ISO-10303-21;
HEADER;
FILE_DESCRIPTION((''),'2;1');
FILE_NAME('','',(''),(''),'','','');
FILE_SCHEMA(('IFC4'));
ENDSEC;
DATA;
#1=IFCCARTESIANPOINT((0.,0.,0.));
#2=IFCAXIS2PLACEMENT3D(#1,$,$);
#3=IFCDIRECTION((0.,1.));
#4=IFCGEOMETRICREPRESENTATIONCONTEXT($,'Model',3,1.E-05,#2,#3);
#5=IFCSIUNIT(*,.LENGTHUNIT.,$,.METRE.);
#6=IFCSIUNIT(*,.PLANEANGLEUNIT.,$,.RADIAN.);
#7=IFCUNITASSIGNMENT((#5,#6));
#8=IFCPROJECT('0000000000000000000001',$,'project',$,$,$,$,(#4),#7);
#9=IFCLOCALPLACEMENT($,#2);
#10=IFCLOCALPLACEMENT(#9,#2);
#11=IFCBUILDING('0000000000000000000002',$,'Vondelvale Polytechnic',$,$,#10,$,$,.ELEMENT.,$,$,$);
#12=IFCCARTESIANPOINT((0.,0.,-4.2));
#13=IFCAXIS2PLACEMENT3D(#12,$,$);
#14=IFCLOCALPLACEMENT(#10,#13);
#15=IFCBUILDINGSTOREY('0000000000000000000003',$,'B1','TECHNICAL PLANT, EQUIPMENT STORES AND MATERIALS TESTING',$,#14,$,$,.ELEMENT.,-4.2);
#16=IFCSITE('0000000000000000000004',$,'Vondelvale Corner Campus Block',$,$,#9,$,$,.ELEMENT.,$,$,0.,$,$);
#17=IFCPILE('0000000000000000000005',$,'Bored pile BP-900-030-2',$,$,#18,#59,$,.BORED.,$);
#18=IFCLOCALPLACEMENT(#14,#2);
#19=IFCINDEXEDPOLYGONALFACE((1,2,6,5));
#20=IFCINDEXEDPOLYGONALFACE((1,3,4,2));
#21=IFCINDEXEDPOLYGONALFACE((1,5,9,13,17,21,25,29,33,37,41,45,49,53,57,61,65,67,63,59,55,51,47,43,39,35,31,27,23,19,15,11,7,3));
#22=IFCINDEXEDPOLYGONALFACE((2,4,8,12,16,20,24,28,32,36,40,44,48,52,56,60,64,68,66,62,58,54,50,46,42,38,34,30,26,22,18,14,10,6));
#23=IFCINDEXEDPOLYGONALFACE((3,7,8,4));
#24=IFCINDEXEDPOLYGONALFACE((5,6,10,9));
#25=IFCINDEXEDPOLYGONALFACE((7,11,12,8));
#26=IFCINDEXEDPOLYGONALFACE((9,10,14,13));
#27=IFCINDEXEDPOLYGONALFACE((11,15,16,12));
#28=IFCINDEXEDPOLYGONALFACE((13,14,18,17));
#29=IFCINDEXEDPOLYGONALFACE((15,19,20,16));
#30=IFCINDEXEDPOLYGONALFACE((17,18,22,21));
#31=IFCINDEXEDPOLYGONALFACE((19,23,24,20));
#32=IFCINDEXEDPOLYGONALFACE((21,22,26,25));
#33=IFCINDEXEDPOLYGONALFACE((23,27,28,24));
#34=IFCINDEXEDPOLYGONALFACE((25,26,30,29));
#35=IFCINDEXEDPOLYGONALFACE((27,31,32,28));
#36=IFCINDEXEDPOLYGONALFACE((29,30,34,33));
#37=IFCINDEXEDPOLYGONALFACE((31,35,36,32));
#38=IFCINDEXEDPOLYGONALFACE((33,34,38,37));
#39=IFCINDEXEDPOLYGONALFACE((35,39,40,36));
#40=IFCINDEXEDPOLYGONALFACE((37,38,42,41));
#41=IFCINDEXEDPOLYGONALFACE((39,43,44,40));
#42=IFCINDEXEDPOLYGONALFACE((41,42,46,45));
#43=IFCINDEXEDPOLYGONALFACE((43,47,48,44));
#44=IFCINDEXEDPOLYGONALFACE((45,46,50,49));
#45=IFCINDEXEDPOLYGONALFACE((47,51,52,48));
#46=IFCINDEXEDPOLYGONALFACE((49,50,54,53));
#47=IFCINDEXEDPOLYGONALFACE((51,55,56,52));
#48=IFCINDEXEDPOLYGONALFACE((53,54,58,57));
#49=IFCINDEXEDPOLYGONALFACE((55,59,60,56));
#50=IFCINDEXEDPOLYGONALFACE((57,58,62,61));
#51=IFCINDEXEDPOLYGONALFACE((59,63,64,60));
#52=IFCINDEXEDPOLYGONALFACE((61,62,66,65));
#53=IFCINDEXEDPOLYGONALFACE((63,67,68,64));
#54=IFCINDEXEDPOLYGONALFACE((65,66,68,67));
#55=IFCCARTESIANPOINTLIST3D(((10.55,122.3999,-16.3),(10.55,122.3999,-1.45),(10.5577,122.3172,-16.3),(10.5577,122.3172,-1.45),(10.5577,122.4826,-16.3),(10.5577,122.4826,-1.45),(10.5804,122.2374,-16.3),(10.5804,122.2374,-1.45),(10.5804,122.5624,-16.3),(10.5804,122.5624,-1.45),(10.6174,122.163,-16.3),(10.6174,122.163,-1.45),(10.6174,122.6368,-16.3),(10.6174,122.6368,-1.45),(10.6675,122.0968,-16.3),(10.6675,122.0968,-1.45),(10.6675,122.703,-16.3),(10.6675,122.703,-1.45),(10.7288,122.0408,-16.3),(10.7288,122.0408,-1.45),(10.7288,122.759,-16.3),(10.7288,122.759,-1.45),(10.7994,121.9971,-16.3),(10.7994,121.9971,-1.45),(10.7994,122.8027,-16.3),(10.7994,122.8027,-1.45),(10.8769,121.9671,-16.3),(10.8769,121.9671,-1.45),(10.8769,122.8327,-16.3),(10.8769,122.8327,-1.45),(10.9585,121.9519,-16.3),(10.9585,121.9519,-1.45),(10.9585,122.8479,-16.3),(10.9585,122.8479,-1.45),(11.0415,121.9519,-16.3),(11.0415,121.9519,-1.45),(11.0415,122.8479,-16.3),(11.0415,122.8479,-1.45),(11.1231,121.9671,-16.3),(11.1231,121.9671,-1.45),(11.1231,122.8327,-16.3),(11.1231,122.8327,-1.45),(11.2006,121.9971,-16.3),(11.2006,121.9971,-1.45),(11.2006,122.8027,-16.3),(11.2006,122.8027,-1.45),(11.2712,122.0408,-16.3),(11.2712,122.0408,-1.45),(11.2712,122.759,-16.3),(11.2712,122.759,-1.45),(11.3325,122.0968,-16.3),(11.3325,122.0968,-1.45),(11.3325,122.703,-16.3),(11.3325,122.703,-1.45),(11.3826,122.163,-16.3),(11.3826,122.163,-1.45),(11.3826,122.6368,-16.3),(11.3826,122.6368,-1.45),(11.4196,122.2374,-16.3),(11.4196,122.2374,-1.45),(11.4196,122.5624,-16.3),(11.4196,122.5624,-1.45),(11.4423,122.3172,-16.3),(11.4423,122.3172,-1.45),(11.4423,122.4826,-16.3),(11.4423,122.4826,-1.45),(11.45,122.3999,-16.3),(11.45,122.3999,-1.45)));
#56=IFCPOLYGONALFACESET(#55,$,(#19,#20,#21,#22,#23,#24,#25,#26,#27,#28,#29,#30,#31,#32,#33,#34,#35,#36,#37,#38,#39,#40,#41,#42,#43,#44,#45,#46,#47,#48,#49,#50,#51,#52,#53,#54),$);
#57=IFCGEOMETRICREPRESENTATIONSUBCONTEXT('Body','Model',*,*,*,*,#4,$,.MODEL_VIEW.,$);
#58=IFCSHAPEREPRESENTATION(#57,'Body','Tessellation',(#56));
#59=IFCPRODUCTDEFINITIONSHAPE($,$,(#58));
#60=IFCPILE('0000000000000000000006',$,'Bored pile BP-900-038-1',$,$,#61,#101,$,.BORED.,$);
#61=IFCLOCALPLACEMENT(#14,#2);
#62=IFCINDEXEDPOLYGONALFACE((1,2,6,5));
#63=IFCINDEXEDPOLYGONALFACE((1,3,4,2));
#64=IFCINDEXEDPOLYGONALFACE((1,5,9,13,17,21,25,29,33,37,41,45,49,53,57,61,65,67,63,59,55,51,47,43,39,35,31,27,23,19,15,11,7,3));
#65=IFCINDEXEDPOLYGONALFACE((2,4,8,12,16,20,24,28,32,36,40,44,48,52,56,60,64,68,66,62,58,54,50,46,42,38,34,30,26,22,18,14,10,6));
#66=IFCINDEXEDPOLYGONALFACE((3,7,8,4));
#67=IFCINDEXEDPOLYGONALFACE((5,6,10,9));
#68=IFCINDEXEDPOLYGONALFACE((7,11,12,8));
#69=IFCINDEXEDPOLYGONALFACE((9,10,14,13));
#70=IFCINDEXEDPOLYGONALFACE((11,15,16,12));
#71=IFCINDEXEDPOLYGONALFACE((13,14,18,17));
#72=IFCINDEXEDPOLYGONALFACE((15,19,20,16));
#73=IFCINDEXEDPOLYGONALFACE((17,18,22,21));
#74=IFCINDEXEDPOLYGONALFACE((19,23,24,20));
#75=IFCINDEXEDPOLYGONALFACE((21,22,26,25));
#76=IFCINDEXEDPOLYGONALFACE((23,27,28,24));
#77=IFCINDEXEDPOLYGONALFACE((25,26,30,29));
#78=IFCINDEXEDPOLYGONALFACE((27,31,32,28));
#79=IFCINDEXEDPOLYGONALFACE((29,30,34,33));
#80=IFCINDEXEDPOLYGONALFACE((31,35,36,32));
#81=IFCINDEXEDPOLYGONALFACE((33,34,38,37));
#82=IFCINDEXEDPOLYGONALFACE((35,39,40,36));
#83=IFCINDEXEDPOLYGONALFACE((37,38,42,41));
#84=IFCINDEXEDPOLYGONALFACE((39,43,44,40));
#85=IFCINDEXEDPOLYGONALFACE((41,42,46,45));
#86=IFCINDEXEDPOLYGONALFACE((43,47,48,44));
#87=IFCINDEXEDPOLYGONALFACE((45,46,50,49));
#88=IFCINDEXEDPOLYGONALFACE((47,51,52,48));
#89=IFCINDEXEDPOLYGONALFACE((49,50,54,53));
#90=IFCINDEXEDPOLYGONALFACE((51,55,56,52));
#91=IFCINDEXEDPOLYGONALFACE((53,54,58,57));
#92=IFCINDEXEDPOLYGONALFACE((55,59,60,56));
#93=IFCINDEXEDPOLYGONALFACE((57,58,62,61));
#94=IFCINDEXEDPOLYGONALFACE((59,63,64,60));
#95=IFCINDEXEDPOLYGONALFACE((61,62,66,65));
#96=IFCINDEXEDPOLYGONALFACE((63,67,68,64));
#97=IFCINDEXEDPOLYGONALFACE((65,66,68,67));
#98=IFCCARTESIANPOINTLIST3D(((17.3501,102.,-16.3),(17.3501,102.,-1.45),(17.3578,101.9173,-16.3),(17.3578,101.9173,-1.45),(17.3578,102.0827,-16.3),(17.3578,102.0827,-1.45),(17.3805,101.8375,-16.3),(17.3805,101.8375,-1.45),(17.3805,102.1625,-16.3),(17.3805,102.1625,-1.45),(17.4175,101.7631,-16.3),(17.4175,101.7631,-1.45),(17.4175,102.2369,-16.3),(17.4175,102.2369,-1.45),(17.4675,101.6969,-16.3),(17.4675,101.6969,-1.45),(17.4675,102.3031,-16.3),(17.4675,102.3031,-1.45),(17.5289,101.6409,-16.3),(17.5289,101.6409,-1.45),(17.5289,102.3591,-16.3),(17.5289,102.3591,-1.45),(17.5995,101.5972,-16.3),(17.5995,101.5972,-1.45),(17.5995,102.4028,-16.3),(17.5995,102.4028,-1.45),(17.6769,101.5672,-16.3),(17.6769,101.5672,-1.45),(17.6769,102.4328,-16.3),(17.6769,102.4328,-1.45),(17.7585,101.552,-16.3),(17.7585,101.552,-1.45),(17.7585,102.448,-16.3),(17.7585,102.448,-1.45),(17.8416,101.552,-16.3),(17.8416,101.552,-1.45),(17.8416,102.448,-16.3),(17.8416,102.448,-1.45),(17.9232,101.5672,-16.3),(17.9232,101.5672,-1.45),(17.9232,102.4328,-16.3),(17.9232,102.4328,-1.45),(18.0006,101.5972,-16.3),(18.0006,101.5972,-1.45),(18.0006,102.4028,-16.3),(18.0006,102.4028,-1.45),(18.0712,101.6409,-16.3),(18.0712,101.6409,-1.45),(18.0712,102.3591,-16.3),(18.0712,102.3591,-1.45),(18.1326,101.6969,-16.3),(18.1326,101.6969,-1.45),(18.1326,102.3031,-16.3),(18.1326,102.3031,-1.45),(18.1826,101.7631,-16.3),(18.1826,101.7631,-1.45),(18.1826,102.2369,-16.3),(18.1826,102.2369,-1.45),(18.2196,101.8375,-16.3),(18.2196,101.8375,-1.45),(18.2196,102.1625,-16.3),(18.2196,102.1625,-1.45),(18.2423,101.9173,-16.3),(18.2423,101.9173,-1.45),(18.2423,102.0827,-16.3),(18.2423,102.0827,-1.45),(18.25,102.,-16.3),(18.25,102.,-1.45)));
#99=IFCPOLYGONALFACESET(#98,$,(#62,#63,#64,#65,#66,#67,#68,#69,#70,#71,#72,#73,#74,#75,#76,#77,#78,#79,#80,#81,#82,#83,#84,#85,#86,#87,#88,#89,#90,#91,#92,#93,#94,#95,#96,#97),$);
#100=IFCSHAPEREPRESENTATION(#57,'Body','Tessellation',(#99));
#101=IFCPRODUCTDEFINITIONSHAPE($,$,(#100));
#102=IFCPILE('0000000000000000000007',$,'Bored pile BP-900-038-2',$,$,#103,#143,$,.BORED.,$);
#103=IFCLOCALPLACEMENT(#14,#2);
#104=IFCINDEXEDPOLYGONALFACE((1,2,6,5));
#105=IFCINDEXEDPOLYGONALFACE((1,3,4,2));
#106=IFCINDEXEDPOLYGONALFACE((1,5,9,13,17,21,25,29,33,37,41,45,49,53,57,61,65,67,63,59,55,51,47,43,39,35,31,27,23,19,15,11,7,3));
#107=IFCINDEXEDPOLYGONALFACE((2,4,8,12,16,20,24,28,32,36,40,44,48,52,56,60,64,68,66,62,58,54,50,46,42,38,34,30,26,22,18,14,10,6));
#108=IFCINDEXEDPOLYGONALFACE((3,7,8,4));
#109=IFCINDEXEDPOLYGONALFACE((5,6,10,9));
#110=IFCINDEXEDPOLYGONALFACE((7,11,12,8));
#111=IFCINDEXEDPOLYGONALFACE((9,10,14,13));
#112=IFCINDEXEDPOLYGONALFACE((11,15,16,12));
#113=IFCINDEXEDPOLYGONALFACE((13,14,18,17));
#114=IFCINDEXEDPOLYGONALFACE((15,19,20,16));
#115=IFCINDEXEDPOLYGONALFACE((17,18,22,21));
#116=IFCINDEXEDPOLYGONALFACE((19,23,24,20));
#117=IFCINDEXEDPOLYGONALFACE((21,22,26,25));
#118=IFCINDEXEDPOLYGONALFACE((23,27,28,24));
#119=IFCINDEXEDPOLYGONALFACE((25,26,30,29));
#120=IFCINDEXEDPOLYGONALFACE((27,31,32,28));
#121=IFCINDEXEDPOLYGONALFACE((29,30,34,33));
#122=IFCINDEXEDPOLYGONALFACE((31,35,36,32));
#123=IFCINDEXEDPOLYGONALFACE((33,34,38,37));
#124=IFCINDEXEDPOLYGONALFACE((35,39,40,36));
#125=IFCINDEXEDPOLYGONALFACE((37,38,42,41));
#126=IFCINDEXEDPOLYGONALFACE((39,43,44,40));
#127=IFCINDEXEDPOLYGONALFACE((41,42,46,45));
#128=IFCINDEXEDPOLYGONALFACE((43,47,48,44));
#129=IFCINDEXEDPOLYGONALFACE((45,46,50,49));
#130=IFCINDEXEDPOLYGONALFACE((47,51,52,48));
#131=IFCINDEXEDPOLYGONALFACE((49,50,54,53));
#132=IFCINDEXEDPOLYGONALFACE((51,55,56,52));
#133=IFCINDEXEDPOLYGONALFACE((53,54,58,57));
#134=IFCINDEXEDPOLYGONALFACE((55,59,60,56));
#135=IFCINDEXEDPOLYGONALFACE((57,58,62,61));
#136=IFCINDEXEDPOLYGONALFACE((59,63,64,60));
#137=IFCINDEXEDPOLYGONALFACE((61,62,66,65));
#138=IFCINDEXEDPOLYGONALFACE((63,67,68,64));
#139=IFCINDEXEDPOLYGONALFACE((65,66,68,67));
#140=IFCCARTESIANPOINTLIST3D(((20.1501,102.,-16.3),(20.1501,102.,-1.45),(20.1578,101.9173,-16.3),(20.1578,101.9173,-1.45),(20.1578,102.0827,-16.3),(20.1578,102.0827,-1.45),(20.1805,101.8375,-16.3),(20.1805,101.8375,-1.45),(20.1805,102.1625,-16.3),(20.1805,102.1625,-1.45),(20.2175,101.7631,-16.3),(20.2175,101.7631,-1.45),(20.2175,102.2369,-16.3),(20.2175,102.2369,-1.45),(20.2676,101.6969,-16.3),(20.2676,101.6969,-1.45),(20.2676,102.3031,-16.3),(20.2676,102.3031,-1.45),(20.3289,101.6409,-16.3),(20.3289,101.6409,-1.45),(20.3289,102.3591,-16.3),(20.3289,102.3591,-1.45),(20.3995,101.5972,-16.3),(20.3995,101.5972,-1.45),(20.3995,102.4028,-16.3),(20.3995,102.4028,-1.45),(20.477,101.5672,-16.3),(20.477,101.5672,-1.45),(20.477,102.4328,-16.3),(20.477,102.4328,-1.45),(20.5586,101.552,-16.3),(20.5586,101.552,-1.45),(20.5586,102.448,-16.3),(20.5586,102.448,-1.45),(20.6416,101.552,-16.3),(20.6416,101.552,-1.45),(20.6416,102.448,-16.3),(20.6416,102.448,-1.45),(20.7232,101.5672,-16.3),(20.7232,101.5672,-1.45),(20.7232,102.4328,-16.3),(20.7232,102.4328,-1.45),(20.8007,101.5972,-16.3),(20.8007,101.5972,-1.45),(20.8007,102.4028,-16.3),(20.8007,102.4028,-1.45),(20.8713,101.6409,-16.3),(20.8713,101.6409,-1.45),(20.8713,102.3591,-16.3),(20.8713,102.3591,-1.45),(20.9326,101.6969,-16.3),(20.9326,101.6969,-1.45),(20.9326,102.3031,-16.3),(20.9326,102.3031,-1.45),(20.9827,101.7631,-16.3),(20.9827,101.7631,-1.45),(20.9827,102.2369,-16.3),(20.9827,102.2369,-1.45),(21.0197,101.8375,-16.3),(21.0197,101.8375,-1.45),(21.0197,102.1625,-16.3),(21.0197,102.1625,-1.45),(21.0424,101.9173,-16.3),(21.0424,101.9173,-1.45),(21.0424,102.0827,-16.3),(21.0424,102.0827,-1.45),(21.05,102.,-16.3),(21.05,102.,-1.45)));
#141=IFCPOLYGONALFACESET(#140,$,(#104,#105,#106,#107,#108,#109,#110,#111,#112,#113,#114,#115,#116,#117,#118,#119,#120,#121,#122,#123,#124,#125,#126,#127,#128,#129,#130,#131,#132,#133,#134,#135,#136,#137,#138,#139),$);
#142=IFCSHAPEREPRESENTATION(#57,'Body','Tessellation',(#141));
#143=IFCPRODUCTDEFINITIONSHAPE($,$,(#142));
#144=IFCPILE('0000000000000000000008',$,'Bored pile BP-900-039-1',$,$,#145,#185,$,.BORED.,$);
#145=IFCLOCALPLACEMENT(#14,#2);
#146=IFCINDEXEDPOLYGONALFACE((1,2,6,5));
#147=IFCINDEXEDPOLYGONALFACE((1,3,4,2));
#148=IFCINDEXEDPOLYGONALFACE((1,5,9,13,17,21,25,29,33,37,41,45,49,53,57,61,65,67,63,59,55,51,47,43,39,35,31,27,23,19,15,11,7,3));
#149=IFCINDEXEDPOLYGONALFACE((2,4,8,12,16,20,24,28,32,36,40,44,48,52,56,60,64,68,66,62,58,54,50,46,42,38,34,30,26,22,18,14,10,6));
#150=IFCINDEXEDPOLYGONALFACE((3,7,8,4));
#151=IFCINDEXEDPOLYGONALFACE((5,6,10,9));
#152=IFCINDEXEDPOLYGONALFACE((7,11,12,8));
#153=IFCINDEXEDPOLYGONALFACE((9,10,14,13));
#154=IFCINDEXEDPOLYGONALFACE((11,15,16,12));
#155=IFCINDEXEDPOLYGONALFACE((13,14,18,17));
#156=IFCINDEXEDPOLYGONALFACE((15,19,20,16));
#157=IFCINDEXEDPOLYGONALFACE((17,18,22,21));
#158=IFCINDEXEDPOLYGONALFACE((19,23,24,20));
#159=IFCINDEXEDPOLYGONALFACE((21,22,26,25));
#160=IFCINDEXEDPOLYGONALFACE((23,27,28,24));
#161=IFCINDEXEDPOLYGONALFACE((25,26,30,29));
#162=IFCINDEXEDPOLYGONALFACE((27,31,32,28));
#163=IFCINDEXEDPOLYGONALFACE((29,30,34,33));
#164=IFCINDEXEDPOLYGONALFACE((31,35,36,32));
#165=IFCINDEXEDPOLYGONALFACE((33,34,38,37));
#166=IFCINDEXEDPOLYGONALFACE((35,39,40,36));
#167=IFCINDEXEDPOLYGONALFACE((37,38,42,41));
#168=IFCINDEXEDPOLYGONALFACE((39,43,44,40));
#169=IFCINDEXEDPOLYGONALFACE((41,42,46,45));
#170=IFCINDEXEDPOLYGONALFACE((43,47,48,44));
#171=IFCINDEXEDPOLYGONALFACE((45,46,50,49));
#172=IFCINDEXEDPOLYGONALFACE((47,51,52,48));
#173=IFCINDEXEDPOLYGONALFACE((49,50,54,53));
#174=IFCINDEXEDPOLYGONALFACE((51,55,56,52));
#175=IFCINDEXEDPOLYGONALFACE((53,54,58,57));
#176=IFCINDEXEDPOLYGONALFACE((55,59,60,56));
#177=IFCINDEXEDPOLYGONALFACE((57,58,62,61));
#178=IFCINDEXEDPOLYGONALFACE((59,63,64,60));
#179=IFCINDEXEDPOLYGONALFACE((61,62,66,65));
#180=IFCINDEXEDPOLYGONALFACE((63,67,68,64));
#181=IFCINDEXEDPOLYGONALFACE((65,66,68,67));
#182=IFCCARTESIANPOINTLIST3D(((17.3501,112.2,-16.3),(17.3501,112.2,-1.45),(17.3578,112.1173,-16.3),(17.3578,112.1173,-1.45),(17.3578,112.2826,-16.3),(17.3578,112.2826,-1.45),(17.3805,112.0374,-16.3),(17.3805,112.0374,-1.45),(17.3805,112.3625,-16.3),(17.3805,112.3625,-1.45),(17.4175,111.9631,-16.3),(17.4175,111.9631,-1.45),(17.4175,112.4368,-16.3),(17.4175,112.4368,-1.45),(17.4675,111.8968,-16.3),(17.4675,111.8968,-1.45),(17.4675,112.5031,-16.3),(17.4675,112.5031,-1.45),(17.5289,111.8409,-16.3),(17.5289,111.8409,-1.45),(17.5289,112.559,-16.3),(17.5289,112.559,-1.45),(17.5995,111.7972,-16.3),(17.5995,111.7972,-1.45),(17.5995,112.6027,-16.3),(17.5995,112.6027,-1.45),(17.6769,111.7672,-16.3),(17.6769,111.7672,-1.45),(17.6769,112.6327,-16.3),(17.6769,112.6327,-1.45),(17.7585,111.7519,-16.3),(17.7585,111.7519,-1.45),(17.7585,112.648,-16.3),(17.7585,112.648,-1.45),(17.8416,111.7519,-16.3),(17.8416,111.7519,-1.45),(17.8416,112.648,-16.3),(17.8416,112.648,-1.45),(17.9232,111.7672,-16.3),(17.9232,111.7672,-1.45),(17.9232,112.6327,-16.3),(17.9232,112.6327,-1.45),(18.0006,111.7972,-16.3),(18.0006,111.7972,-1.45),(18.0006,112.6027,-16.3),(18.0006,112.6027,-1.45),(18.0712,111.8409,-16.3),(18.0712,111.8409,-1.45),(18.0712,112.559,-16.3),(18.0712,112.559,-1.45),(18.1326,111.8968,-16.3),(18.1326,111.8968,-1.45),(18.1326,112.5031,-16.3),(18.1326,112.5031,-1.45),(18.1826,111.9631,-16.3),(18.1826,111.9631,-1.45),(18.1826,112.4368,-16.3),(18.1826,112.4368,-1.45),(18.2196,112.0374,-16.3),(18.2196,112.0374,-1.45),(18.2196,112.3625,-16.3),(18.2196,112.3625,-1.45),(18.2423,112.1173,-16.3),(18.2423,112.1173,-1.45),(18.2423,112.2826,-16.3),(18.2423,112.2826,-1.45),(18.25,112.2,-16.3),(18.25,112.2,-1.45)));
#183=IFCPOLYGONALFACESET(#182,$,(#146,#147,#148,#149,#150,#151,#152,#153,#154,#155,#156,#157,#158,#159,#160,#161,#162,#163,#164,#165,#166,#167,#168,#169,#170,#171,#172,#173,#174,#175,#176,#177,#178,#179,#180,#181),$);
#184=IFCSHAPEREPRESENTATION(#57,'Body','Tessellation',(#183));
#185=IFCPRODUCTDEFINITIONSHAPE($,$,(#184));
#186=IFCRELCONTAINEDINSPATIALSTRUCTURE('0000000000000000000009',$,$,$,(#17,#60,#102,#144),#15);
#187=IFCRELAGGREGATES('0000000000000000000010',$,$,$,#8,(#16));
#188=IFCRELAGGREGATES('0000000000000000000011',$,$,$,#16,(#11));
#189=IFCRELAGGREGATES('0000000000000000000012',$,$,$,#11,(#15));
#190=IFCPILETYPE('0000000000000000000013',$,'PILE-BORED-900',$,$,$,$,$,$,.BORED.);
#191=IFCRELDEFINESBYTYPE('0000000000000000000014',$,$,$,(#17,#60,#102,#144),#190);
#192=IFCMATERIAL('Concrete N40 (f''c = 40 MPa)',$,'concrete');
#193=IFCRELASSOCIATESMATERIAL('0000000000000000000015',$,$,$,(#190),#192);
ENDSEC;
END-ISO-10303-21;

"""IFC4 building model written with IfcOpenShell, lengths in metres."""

from ifc_helpers import new_model, si_unit, direction, frame, origin, origin_2d, place, context, subcontext, project, spatial, circle, extrude, material, material_profile, profile_set, type_object, element, save


model = new_model("IFC4")

# Units and contexts
model_context = context("Model", 3, precision=1e-05, world=origin(), true_north=direction((0.0, 1.0)))
body_context = subcontext(model_context, "Body", "Model", "MODEL_VIEW")
ifc_project = project(units=[si_unit("LENGTHUNIT", "METRE"), si_unit("PLANEANGLEUNIT", "RADIAN")], contexts=[model_context])

# Site, building, storey
site_placement = place(None, origin())
site = spatial("IfcSite", under=ifc_project, at=site_placement, Name="Vondelvale Corner Campus Block", CompositionType="ELEMENT", RefElevation=0.0)
building_placement = place(site_placement, origin())
building = spatial("IfcBuilding", under=site, at=building_placement, Name="Vondelvale Polytechnic", CompositionType="ELEMENT")
storey_placement = place(building_placement, frame((0.0, 0.0, -4.2)))
storey = spatial("IfcBuildingStorey", under=building, at=storey_placement, Name="B1", Description="TECHNICAL PLANT, EQUIPMENT STORES AND MATERIALS TESTING", CompositionType="ELEMENT", Elevation=-4.2)

# Shared definitions
ifc_material_1 = material(Name="Concrete N40 (f'c = 40 MPa)", Category="concrete")

# Piles
ifc_material_profile_1 = material_profile(ifc_material_1, circle(Radius=0.45, at=origin_2d()), Name="PILE-D900")
ifc_profile_set_1 = profile_set([ifc_material_profile_1], Name="Concrete N40 (f'c = 40 MPa)")
pile_type = type_object("IfcPileType", Name="PILE-BORED-900", PredefinedType="BORED", material=ifc_profile_set_1)
for number, where, z_axis, x_axis, name in (
    (1, (11.0, 122.3999, -1.45), (0.0, 0.0, -1.0), (1.0, 0.0, 0.0), "Bored pile BP-900-030-2"),
    (2, (17.8, 102.0, -1.45), (0.0, 0.0, -1.0), (1.0, 0.0, 0.0), "Bored pile BP-900-038-1"),
    (3, (20.6001, 102.0, -1.45), (0.0, 0.0, -1.0), (1.0, 0.0, 0.0), "Bored pile BP-900-038-2"),
    (4, (17.8, 112.2, -1.45), (0.0, 0.0, -1.0), (1.0, 0.0, 0.0), "Bored pile BP-900-039-1"),
):
    element("IfcPile", number, at=place(storey_placement, frame(where, z_axis=z_axis, x_axis=x_axis)), inside=storey, type_object=pile_type, Name=name, PredefinedType="BORED", context=body_context, shape_type="SweptSolid", body=[
        extrude(circle(Radius=0.45, at=origin_2d()), origin(), (0.0, 0.0, 1.0), 14.8501),
    ])

save(model, "model.ifc")
